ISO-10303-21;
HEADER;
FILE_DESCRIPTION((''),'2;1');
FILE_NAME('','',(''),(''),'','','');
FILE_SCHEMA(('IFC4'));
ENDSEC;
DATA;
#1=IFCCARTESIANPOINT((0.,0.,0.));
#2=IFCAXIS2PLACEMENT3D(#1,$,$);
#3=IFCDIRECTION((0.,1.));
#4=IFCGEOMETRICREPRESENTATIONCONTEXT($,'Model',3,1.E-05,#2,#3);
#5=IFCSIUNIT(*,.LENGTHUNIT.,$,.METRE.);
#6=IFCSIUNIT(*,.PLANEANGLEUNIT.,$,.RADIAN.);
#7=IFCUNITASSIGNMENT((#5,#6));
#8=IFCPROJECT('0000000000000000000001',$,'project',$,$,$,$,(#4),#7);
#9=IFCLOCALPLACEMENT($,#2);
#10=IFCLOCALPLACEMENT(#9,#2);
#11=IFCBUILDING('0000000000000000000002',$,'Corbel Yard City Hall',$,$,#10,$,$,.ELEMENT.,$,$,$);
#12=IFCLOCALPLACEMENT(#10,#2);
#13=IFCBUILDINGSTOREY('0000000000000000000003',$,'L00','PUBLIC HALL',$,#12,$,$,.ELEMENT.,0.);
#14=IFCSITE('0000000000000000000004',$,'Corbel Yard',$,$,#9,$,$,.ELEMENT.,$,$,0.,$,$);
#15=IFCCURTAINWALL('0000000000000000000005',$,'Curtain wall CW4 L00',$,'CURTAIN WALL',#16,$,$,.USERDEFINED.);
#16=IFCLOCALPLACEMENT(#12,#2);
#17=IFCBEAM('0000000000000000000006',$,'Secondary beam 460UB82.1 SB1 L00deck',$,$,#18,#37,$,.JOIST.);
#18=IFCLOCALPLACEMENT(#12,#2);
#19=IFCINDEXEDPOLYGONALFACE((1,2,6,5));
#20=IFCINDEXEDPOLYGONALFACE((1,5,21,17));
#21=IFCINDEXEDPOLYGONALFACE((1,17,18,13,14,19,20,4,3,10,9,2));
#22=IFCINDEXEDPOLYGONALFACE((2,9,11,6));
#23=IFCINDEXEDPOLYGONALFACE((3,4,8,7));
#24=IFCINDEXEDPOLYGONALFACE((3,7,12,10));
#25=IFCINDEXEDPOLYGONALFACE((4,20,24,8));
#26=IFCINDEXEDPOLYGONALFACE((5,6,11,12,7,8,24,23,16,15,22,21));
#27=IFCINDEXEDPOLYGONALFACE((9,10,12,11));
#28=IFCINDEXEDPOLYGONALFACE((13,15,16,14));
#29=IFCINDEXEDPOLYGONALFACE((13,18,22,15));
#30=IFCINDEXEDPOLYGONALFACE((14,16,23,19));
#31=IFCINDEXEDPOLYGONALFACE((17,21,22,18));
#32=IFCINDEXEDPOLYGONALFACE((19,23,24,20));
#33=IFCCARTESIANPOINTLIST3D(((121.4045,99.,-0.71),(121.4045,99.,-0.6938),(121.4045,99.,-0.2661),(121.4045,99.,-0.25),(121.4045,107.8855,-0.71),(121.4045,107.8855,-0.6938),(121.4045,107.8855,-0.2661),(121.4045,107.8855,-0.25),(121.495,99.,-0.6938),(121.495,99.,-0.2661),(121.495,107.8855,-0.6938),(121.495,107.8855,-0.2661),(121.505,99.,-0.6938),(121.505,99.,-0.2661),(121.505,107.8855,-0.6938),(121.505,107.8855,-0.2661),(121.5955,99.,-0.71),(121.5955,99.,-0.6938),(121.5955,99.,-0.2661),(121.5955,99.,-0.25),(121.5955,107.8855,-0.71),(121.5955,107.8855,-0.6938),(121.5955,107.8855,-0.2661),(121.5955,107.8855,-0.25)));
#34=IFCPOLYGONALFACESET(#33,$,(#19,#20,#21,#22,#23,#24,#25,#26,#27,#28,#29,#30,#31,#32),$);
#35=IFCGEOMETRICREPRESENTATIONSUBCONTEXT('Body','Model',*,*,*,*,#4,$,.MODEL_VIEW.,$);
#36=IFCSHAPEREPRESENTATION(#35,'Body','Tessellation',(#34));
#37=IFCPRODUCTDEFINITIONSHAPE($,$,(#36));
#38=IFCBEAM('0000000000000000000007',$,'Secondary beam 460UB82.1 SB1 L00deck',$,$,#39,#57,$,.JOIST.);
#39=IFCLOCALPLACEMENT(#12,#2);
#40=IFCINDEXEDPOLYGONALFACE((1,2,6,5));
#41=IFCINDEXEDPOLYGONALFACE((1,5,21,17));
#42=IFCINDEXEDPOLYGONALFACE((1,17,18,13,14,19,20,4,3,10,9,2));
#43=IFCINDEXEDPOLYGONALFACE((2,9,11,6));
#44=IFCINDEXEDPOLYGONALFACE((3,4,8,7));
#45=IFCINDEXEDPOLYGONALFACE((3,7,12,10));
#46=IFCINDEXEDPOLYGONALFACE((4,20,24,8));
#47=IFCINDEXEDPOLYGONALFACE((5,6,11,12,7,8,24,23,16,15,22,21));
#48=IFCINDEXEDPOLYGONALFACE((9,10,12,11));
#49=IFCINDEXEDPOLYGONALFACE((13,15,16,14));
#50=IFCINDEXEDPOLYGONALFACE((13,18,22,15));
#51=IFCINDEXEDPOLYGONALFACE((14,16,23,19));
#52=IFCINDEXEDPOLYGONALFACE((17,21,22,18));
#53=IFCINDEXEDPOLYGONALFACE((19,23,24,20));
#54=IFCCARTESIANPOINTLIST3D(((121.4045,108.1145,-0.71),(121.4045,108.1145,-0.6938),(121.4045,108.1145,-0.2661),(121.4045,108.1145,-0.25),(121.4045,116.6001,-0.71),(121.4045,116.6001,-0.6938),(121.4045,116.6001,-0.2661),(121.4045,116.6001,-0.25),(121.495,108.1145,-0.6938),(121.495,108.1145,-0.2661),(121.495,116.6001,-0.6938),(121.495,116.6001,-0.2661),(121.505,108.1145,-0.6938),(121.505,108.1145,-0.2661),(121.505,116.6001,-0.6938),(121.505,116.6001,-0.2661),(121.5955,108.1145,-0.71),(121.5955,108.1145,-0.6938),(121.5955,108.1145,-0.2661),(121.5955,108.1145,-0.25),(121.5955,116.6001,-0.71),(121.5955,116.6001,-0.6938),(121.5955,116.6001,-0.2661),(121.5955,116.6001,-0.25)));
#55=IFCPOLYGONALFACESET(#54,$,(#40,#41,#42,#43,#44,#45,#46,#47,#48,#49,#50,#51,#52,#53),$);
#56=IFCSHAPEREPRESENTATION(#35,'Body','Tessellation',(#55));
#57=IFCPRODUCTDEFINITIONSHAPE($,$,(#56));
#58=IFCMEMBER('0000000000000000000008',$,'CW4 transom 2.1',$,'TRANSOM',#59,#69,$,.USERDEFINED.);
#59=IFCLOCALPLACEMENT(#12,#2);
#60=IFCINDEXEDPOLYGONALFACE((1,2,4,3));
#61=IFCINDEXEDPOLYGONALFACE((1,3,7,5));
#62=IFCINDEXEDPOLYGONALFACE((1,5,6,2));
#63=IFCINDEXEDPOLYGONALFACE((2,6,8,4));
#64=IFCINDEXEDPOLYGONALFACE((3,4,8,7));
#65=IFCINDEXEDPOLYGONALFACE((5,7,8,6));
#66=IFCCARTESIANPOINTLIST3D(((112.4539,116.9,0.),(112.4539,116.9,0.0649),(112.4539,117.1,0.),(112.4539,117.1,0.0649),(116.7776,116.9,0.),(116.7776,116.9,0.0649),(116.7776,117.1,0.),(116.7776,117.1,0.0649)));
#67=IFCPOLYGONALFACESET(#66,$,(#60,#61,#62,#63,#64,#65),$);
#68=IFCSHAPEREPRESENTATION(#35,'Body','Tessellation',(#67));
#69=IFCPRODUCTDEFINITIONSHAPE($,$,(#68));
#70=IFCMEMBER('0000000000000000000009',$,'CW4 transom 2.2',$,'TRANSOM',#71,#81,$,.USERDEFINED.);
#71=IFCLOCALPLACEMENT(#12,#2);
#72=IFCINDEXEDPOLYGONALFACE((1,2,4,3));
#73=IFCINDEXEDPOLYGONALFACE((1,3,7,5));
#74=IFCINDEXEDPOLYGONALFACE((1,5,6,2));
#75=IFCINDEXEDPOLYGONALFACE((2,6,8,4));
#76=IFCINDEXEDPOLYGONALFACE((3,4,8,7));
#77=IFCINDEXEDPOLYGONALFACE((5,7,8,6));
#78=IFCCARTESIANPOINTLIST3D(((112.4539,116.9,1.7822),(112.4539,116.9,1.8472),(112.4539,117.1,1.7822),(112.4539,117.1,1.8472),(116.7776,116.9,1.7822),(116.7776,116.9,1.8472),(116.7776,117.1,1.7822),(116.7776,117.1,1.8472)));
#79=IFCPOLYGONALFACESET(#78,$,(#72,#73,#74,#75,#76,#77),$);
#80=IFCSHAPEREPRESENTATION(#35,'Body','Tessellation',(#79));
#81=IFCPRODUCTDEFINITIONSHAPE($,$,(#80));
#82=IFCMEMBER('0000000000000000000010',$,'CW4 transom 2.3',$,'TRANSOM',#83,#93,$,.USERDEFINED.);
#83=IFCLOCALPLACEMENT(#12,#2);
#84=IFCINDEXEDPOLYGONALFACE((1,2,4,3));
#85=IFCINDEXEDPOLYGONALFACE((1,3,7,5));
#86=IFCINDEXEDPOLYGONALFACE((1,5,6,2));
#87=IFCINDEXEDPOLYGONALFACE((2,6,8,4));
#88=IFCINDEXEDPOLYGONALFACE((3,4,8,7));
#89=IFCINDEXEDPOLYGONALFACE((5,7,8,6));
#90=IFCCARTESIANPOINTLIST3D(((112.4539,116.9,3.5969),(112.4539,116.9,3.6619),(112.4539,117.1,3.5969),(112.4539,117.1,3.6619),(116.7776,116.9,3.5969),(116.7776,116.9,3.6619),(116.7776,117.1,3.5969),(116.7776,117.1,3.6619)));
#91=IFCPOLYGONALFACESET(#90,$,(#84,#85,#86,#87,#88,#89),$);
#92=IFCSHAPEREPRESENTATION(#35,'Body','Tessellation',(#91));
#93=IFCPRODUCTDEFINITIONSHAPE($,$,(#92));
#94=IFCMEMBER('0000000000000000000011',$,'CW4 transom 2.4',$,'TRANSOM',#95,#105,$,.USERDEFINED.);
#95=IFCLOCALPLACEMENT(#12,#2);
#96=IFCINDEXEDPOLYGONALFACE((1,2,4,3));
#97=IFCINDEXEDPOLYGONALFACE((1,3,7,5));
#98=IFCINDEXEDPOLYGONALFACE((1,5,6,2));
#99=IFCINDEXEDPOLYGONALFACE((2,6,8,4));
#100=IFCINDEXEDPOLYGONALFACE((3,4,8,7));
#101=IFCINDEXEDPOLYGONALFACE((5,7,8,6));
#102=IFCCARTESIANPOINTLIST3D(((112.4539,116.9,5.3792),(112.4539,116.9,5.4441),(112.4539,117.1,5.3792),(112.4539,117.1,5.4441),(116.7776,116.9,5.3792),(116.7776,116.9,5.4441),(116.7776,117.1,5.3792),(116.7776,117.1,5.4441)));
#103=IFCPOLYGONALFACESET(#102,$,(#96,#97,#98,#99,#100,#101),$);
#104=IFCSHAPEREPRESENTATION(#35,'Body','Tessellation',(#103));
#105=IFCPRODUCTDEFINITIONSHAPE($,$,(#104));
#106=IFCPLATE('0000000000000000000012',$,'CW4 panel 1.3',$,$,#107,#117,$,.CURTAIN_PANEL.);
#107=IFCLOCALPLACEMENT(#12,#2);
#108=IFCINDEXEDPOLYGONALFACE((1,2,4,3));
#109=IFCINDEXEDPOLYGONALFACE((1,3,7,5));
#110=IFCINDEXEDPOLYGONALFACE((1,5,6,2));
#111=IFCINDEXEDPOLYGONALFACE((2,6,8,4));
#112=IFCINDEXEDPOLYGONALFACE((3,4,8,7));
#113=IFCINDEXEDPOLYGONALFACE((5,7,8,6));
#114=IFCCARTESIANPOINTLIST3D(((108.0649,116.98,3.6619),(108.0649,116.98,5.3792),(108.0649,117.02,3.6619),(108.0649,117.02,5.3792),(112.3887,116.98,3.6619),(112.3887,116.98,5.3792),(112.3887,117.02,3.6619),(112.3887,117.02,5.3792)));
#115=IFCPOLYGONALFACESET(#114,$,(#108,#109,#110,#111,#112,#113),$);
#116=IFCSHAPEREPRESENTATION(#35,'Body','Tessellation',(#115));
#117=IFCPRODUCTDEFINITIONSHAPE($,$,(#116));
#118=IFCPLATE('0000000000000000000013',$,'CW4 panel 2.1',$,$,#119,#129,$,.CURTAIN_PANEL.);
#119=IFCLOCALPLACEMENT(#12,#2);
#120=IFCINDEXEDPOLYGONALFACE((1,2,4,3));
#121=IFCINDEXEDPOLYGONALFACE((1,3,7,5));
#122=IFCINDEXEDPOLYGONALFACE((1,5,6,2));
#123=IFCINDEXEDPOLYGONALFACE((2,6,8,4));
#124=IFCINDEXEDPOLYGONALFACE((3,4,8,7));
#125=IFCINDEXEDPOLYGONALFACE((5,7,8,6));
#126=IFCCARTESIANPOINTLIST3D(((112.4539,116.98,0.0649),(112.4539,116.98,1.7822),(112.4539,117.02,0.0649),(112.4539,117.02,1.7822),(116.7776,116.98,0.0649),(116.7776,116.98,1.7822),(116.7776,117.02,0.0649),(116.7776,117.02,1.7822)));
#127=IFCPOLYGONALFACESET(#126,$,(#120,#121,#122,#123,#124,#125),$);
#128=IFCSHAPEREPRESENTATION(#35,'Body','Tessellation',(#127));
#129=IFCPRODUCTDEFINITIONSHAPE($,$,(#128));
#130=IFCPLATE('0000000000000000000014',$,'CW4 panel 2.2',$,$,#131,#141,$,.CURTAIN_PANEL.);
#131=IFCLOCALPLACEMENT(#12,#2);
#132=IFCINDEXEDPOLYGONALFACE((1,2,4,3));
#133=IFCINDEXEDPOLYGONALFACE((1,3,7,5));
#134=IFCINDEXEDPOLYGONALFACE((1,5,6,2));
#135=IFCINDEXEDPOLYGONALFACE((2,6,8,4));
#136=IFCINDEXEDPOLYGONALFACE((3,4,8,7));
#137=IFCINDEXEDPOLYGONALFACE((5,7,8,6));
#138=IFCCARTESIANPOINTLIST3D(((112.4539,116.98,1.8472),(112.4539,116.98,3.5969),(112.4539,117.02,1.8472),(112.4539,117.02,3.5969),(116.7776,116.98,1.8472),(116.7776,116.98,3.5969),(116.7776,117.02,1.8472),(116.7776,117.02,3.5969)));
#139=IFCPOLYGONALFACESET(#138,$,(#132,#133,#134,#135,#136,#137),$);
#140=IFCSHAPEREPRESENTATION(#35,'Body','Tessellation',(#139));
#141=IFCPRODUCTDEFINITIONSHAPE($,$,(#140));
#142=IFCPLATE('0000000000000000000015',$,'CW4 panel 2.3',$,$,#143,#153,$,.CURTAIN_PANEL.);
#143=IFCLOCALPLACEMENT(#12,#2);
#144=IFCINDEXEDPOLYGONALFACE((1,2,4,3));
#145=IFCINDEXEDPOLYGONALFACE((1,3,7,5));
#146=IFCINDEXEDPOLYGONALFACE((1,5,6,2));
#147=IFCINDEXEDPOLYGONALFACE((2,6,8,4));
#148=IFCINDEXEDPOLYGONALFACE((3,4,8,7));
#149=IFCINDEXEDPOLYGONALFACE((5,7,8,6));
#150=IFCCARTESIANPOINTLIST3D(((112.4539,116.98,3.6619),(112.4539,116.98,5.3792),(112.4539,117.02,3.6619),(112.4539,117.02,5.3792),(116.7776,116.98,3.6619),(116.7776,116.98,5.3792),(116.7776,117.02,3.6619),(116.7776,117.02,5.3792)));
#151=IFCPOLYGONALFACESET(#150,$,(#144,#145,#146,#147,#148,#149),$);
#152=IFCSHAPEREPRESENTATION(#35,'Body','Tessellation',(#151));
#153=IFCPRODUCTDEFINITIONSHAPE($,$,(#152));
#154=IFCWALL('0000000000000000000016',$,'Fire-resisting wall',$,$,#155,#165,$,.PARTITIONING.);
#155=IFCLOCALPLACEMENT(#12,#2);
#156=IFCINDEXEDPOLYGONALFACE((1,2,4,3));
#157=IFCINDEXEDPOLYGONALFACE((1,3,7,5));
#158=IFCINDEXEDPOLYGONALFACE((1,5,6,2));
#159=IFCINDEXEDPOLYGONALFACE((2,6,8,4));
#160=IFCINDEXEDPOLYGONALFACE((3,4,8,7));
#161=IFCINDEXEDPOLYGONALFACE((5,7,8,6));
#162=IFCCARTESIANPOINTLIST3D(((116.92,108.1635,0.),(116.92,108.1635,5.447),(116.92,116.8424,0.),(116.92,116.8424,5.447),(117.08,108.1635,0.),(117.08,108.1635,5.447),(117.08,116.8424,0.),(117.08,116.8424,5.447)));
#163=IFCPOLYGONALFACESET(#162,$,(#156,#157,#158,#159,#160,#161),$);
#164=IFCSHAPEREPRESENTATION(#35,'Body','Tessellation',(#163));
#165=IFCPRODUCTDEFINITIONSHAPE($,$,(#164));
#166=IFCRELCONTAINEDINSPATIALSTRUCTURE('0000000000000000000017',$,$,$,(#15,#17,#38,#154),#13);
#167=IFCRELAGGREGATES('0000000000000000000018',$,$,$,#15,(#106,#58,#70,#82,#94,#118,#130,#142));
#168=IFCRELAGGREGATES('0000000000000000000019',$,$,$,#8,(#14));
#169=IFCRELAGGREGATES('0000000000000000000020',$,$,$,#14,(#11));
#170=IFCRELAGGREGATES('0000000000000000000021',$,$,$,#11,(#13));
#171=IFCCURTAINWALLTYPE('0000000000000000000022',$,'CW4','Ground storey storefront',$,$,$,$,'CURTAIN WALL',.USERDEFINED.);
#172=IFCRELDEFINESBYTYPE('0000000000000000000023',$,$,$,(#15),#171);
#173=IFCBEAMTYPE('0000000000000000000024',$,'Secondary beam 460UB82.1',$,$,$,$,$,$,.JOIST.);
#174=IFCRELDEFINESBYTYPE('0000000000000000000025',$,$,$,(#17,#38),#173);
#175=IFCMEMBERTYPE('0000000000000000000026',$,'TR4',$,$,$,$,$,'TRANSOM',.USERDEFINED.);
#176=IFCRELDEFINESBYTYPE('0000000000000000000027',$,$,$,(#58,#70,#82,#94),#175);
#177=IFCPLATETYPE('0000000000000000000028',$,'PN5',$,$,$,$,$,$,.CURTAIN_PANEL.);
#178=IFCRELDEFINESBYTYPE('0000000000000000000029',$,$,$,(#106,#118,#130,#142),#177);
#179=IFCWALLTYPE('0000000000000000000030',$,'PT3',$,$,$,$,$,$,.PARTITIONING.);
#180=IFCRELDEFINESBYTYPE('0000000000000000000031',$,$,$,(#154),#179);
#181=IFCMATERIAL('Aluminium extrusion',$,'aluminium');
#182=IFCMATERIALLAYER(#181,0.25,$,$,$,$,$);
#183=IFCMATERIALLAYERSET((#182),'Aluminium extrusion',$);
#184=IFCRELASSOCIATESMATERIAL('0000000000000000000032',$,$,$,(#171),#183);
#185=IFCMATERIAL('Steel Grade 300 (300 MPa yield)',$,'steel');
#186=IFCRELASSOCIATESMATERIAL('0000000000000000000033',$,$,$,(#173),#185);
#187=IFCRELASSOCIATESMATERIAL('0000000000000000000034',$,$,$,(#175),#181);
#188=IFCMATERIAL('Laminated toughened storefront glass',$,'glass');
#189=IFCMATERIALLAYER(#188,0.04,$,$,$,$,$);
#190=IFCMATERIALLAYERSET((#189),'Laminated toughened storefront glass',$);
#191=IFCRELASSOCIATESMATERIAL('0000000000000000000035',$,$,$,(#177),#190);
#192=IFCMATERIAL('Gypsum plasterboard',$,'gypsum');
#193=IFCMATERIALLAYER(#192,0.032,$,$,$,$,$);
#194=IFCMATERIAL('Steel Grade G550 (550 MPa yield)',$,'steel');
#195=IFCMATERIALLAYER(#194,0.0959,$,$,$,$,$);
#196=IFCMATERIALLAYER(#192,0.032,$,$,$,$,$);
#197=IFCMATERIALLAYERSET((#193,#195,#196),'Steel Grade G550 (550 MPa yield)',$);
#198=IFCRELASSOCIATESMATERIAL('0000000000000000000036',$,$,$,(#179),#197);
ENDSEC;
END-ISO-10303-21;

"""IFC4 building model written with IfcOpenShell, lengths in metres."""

from ifc_helpers import new_model, si_unit, direction, frame, frame_2d, origin, origin_2d, place, context, subcontext, project, spatial, rectangle, i_section, extrude, material, layer, layer_set, material_profile, profile_set, type_object, element, aggregate, save


model = new_model("IFC4")

# Units and contexts
model_context = context("Model", 3, precision=1e-05, world=origin(), true_north=direction((0.0, 1.0)))
body_context = subcontext(model_context, "Body", "Model", "MODEL_VIEW")
ifc_project = project(units=[si_unit("LENGTHUNIT", "METRE"), si_unit("PLANEANGLEUNIT", "RADIAN")], contexts=[model_context])

# Site, building, storey
site_placement = place(None, origin())
site = spatial("IfcSite", under=ifc_project, at=site_placement, Name="Corbel Yard", CompositionType="ELEMENT", RefElevation=0.0)
building_placement = place(site_placement, origin())
building = spatial("IfcBuilding", under=site, at=building_placement, Name="Corbel Yard City Hall", CompositionType="ELEMENT")
storey_placement = place(building_placement, origin())
storey = spatial("IfcBuildingStorey", under=building, at=storey_placement, Name="L00", Description="PUBLIC HALL", CompositionType="ELEMENT", Elevation=0.0)

# Shared definitions
ifc_material_1 = material(Name="Steel Grade 300 (300 MPa yield)", Category="steel")

# Curtain wall
ifc_material_2 = material(Name="Aluminium extrusion", Category="aluminium")
ifc_layer_1 = layer(ifc_material_2, 0.25)
ifc_layer_set_1 = layer_set([ifc_layer_1], Name="Aluminium extrusion")
curtain_wall_type = type_object("IfcCurtainWallType", Name="CW4", Description="Ground storey storefront", ElementType="CURTAIN WALL", PredefinedType="USERDEFINED", material=ifc_layer_set_1)
curtain_wall_placement = place(storey_placement, origin())
curtain_wall = element("IfcCurtainWall", 1, at=curtain_wall_placement, inside=storey, type_object=curtain_wall_type, Name="Curtain wall CW4 L00", ObjectType="CURTAIN WALL", PredefinedType="USERDEFINED")

# Beams
ifc_material_profile_1 = material_profile(ifc_material_1, i_section(OverallWidth=0.1909, OverallDepth=0.46, WebThickness=0.01, FlangeThickness=0.0161, at=origin_2d()), Name="460UB82.1")
ifc_profile_set_1 = profile_set([ifc_material_profile_1], Name="Steel Grade 300 (300 MPa yield)")
beam_type_1 = type_object("IfcBeamType", Name="Secondary beam 460UB82.1", PredefinedType="JOIST", material=ifc_profile_set_1)
beam_1_placement = place(storey_placement, frame((121.5, 99.0, -0.48), z_axis=(0.0, 1.0, 0.0), x_axis=(-1.0, 0.0, 0.0)))
element("IfcBeam", 2, at=beam_1_placement, inside=storey, type_object=beam_type_1, Name="Secondary beam 460UB82.1 SB1 L00deck", PredefinedType="JOIST", context=body_context, shape_type="SweptSolid", body=[
    extrude(i_section(OverallWidth=0.1909, OverallDepth=0.46, WebThickness=0.01, FlangeThickness=0.0161, at=origin_2d()), origin(), (0.0, 0.0, 1.0), 8.8855),
])
beam_2_placement = place(storey_placement, frame((121.5, 108.1145, -0.48), z_axis=(0.0, 1.0, 0.0), x_axis=(-1.0, 0.0, 0.0)))
element("IfcBeam", 3, at=beam_2_placement, inside=storey, type_object=beam_type_1, Name="Secondary beam 460UB82.1 SB1 L00deck", PredefinedType="JOIST", context=body_context, shape_type="SweptSolid", body=[
    extrude(i_section(OverallWidth=0.1909, OverallDepth=0.46, WebThickness=0.01, FlangeThickness=0.0161, at=origin_2d()), origin(), (0.0, 0.0, 1.0), 8.4856),
])

# Members
ifc_material_profile_2 = material_profile(ifc_material_2, rectangle(XDim=0.2, YDim=0.0649, at=origin_2d()), Name="200x65")
ifc_profile_set_2 = profile_set([ifc_material_profile_2], Name="Aluminium extrusion")
member_type_1 = type_object("IfcMemberType", Name="TR4", ElementType="TRANSOM", PredefinedType="USERDEFINED", material=ifc_profile_set_2)
member_1_placement = place(storey_placement, frame((112.4539, 117.0, 0.0325), z_axis=(1.0, 0.0, 0.0), x_axis=(0.0, 1.0, 0.0)))
member_1 = element("IfcMember", 4, at=member_1_placement, type_object=member_type_1, Name="CW4 transom 2.1", ObjectType="TRANSOM", PredefinedType="USERDEFINED", context=body_context, shape_type="SweptSolid", body=[
    extrude(rectangle(XDim=0.2, YDim=0.0649, at=origin_2d()), origin(), (0.0, 0.0, 1.0), 4.3237),
])
member_2_placement = place(storey_placement, frame((112.4539, 117.0, 1.8147), z_axis=(1.0, 0.0, 0.0), x_axis=(0.0, 1.0, 0.0)))
member_2 = element("IfcMember", 5, at=member_2_placement, type_object=member_type_1, Name="CW4 transom 2.2", ObjectType="TRANSOM", PredefinedType="USERDEFINED", context=body_context, shape_type="SweptSolid", body=[
    extrude(rectangle(XDim=0.2, YDim=0.0649, at=origin_2d()), origin(), (0.0, 0.0, 1.0), 4.3237),
])
member_3_placement = place(storey_placement, frame((112.4539, 117.0, 3.6294), z_axis=(1.0, 0.0, 0.0), x_axis=(0.0, 1.0, 0.0)))
member_3 = element("IfcMember", 6, at=member_3_placement, type_object=member_type_1, Name="CW4 transom 2.3", ObjectType="TRANSOM", PredefinedType="USERDEFINED", context=body_context, shape_type="SweptSolid", body=[
    extrude(rectangle(XDim=0.2, YDim=0.0649, at=origin_2d()), origin(), (0.0, 0.0, 1.0), 4.3237),
])
member_4_placement = place(storey_placement, frame((112.4539, 117.0, 5.4116), z_axis=(1.0, 0.0, 0.0), x_axis=(0.0, 1.0, 0.0)))
member_4 = element("IfcMember", 7, at=member_4_placement, type_object=member_type_1, Name="CW4 transom 2.4", ObjectType="TRANSOM", PredefinedType="USERDEFINED", context=body_context, shape_type="SweptSolid", body=[
    extrude(rectangle(XDim=0.2, YDim=0.0649, at=origin_2d()), origin(), (0.0, 0.0, 1.0), 4.3237),
])

# Plates
ifc_material_3 = material(Name="Laminated toughened storefront glass", Category="glass")
ifc_layer_2 = layer(ifc_material_3, 0.04)
ifc_layer_set_2 = layer_set([ifc_layer_2], Name="Laminated toughened storefront glass")
plate_type = type_object("IfcPlateType", Name="PN5", PredefinedType="CURTAIN_PANEL", material=ifc_layer_set_2)
plate_1_placement = place(storey_placement, frame((110.2268, 117.0, 3.6619), z_axis=(0.0, 0.0, 1.0), x_axis=(1.0, 0.0, 0.0)))
plate_1 = element("IfcPlate", 8, at=plate_1_placement, type_object=plate_type, Name="CW4 panel 1.3", PredefinedType="CURTAIN_PANEL", context=body_context, shape_type="SweptSolid", body=[
    extrude(rectangle(XDim=4.3237, YDim=0.04, at=origin_2d()), origin(), (0.0, 0.0, 1.0), 1.7173),
])
plate_2_placement = place(storey_placement, frame((114.6157, 117.0, 0.0649), z_axis=(0.0, 0.0, 1.0), x_axis=(1.0, 0.0, 0.0)))
plate_2 = element("IfcPlate", 9, at=plate_2_placement, type_object=plate_type, Name="CW4 panel 2.1", PredefinedType="CURTAIN_PANEL", context=body_context, shape_type="SweptSolid", body=[
    extrude(rectangle(XDim=4.3237, YDim=0.04, at=origin_2d()), origin(), (0.0, 0.0, 1.0), 1.7173),
])
plate_3_placement = place(storey_placement, frame((114.6157, 117.0, 1.8472), z_axis=(0.0, 0.0, 1.0), x_axis=(1.0, 0.0, 0.0)))
plate_3 = element("IfcPlate", 10, at=plate_3_placement, type_object=plate_type, Name="CW4 panel 2.2", PredefinedType="CURTAIN_PANEL", context=body_context, shape_type="SweptSolid", body=[
    extrude(rectangle(XDim=4.3237, YDim=0.04, at=origin_2d()), origin(), (0.0, 0.0, 1.0), 1.7498),
])
plate_4_placement = place(storey_placement, frame((114.6157, 117.0, 3.6619), z_axis=(0.0, 0.0, 1.0), x_axis=(1.0, 0.0, 0.0)))
plate_4 = element("IfcPlate", 11, at=plate_4_placement, type_object=plate_type, Name="CW4 panel 2.3", PredefinedType="CURTAIN_PANEL", context=body_context, shape_type="SweptSolid", body=[
    extrude(rectangle(XDim=4.3237, YDim=0.04, at=origin_2d()), origin(), (0.0, 0.0, 1.0), 1.7173),
])
aggregate(curtain_wall, [plate_1, member_1, member_2, member_3, member_4, plate_2, plate_3, plate_4])

# Wall
ifc_material_4 = material(Name="Gypsum plasterboard", Category="gypsum")
ifc_layer_3 = layer(ifc_material_4, 0.032)
ifc_material_5 = material(Name="Steel Grade G550 (550 MPa yield)", Category="steel")
ifc_layer_4 = layer(ifc_material_5, 0.0959)
ifc_layer_5 = layer(ifc_material_4, 0.032)
ifc_layer_set_3 = layer_set([ifc_layer_3, ifc_layer_4, ifc_layer_5], Name="Steel Grade G550 (550 MPa yield)")
wall_type_1 = type_object("IfcWallType", Name="PT3", PredefinedType="PARTITIONING", material=ifc_layer_set_3)
wall_1_placement = place(storey_placement, frame((117.0, 108.1636, 0.0), z_axis=(0.0, 0.0, 1.0), x_axis=(0.0, 1.0, 0.0)))
element("IfcWall", 12, at=wall_1_placement, inside=storey, type_object=wall_type_1, Name="Fire-resisting wall", PredefinedType="PARTITIONING", context=body_context, shape_type="SweptSolid", body=[
    extrude(rectangle(XDim=8.679, YDim=0.1599, at=frame_2d((4.3394, 0.0))), origin(), (0.0, 0.0, 1.0), 5.447),
])

save(model, "model.ifc")
